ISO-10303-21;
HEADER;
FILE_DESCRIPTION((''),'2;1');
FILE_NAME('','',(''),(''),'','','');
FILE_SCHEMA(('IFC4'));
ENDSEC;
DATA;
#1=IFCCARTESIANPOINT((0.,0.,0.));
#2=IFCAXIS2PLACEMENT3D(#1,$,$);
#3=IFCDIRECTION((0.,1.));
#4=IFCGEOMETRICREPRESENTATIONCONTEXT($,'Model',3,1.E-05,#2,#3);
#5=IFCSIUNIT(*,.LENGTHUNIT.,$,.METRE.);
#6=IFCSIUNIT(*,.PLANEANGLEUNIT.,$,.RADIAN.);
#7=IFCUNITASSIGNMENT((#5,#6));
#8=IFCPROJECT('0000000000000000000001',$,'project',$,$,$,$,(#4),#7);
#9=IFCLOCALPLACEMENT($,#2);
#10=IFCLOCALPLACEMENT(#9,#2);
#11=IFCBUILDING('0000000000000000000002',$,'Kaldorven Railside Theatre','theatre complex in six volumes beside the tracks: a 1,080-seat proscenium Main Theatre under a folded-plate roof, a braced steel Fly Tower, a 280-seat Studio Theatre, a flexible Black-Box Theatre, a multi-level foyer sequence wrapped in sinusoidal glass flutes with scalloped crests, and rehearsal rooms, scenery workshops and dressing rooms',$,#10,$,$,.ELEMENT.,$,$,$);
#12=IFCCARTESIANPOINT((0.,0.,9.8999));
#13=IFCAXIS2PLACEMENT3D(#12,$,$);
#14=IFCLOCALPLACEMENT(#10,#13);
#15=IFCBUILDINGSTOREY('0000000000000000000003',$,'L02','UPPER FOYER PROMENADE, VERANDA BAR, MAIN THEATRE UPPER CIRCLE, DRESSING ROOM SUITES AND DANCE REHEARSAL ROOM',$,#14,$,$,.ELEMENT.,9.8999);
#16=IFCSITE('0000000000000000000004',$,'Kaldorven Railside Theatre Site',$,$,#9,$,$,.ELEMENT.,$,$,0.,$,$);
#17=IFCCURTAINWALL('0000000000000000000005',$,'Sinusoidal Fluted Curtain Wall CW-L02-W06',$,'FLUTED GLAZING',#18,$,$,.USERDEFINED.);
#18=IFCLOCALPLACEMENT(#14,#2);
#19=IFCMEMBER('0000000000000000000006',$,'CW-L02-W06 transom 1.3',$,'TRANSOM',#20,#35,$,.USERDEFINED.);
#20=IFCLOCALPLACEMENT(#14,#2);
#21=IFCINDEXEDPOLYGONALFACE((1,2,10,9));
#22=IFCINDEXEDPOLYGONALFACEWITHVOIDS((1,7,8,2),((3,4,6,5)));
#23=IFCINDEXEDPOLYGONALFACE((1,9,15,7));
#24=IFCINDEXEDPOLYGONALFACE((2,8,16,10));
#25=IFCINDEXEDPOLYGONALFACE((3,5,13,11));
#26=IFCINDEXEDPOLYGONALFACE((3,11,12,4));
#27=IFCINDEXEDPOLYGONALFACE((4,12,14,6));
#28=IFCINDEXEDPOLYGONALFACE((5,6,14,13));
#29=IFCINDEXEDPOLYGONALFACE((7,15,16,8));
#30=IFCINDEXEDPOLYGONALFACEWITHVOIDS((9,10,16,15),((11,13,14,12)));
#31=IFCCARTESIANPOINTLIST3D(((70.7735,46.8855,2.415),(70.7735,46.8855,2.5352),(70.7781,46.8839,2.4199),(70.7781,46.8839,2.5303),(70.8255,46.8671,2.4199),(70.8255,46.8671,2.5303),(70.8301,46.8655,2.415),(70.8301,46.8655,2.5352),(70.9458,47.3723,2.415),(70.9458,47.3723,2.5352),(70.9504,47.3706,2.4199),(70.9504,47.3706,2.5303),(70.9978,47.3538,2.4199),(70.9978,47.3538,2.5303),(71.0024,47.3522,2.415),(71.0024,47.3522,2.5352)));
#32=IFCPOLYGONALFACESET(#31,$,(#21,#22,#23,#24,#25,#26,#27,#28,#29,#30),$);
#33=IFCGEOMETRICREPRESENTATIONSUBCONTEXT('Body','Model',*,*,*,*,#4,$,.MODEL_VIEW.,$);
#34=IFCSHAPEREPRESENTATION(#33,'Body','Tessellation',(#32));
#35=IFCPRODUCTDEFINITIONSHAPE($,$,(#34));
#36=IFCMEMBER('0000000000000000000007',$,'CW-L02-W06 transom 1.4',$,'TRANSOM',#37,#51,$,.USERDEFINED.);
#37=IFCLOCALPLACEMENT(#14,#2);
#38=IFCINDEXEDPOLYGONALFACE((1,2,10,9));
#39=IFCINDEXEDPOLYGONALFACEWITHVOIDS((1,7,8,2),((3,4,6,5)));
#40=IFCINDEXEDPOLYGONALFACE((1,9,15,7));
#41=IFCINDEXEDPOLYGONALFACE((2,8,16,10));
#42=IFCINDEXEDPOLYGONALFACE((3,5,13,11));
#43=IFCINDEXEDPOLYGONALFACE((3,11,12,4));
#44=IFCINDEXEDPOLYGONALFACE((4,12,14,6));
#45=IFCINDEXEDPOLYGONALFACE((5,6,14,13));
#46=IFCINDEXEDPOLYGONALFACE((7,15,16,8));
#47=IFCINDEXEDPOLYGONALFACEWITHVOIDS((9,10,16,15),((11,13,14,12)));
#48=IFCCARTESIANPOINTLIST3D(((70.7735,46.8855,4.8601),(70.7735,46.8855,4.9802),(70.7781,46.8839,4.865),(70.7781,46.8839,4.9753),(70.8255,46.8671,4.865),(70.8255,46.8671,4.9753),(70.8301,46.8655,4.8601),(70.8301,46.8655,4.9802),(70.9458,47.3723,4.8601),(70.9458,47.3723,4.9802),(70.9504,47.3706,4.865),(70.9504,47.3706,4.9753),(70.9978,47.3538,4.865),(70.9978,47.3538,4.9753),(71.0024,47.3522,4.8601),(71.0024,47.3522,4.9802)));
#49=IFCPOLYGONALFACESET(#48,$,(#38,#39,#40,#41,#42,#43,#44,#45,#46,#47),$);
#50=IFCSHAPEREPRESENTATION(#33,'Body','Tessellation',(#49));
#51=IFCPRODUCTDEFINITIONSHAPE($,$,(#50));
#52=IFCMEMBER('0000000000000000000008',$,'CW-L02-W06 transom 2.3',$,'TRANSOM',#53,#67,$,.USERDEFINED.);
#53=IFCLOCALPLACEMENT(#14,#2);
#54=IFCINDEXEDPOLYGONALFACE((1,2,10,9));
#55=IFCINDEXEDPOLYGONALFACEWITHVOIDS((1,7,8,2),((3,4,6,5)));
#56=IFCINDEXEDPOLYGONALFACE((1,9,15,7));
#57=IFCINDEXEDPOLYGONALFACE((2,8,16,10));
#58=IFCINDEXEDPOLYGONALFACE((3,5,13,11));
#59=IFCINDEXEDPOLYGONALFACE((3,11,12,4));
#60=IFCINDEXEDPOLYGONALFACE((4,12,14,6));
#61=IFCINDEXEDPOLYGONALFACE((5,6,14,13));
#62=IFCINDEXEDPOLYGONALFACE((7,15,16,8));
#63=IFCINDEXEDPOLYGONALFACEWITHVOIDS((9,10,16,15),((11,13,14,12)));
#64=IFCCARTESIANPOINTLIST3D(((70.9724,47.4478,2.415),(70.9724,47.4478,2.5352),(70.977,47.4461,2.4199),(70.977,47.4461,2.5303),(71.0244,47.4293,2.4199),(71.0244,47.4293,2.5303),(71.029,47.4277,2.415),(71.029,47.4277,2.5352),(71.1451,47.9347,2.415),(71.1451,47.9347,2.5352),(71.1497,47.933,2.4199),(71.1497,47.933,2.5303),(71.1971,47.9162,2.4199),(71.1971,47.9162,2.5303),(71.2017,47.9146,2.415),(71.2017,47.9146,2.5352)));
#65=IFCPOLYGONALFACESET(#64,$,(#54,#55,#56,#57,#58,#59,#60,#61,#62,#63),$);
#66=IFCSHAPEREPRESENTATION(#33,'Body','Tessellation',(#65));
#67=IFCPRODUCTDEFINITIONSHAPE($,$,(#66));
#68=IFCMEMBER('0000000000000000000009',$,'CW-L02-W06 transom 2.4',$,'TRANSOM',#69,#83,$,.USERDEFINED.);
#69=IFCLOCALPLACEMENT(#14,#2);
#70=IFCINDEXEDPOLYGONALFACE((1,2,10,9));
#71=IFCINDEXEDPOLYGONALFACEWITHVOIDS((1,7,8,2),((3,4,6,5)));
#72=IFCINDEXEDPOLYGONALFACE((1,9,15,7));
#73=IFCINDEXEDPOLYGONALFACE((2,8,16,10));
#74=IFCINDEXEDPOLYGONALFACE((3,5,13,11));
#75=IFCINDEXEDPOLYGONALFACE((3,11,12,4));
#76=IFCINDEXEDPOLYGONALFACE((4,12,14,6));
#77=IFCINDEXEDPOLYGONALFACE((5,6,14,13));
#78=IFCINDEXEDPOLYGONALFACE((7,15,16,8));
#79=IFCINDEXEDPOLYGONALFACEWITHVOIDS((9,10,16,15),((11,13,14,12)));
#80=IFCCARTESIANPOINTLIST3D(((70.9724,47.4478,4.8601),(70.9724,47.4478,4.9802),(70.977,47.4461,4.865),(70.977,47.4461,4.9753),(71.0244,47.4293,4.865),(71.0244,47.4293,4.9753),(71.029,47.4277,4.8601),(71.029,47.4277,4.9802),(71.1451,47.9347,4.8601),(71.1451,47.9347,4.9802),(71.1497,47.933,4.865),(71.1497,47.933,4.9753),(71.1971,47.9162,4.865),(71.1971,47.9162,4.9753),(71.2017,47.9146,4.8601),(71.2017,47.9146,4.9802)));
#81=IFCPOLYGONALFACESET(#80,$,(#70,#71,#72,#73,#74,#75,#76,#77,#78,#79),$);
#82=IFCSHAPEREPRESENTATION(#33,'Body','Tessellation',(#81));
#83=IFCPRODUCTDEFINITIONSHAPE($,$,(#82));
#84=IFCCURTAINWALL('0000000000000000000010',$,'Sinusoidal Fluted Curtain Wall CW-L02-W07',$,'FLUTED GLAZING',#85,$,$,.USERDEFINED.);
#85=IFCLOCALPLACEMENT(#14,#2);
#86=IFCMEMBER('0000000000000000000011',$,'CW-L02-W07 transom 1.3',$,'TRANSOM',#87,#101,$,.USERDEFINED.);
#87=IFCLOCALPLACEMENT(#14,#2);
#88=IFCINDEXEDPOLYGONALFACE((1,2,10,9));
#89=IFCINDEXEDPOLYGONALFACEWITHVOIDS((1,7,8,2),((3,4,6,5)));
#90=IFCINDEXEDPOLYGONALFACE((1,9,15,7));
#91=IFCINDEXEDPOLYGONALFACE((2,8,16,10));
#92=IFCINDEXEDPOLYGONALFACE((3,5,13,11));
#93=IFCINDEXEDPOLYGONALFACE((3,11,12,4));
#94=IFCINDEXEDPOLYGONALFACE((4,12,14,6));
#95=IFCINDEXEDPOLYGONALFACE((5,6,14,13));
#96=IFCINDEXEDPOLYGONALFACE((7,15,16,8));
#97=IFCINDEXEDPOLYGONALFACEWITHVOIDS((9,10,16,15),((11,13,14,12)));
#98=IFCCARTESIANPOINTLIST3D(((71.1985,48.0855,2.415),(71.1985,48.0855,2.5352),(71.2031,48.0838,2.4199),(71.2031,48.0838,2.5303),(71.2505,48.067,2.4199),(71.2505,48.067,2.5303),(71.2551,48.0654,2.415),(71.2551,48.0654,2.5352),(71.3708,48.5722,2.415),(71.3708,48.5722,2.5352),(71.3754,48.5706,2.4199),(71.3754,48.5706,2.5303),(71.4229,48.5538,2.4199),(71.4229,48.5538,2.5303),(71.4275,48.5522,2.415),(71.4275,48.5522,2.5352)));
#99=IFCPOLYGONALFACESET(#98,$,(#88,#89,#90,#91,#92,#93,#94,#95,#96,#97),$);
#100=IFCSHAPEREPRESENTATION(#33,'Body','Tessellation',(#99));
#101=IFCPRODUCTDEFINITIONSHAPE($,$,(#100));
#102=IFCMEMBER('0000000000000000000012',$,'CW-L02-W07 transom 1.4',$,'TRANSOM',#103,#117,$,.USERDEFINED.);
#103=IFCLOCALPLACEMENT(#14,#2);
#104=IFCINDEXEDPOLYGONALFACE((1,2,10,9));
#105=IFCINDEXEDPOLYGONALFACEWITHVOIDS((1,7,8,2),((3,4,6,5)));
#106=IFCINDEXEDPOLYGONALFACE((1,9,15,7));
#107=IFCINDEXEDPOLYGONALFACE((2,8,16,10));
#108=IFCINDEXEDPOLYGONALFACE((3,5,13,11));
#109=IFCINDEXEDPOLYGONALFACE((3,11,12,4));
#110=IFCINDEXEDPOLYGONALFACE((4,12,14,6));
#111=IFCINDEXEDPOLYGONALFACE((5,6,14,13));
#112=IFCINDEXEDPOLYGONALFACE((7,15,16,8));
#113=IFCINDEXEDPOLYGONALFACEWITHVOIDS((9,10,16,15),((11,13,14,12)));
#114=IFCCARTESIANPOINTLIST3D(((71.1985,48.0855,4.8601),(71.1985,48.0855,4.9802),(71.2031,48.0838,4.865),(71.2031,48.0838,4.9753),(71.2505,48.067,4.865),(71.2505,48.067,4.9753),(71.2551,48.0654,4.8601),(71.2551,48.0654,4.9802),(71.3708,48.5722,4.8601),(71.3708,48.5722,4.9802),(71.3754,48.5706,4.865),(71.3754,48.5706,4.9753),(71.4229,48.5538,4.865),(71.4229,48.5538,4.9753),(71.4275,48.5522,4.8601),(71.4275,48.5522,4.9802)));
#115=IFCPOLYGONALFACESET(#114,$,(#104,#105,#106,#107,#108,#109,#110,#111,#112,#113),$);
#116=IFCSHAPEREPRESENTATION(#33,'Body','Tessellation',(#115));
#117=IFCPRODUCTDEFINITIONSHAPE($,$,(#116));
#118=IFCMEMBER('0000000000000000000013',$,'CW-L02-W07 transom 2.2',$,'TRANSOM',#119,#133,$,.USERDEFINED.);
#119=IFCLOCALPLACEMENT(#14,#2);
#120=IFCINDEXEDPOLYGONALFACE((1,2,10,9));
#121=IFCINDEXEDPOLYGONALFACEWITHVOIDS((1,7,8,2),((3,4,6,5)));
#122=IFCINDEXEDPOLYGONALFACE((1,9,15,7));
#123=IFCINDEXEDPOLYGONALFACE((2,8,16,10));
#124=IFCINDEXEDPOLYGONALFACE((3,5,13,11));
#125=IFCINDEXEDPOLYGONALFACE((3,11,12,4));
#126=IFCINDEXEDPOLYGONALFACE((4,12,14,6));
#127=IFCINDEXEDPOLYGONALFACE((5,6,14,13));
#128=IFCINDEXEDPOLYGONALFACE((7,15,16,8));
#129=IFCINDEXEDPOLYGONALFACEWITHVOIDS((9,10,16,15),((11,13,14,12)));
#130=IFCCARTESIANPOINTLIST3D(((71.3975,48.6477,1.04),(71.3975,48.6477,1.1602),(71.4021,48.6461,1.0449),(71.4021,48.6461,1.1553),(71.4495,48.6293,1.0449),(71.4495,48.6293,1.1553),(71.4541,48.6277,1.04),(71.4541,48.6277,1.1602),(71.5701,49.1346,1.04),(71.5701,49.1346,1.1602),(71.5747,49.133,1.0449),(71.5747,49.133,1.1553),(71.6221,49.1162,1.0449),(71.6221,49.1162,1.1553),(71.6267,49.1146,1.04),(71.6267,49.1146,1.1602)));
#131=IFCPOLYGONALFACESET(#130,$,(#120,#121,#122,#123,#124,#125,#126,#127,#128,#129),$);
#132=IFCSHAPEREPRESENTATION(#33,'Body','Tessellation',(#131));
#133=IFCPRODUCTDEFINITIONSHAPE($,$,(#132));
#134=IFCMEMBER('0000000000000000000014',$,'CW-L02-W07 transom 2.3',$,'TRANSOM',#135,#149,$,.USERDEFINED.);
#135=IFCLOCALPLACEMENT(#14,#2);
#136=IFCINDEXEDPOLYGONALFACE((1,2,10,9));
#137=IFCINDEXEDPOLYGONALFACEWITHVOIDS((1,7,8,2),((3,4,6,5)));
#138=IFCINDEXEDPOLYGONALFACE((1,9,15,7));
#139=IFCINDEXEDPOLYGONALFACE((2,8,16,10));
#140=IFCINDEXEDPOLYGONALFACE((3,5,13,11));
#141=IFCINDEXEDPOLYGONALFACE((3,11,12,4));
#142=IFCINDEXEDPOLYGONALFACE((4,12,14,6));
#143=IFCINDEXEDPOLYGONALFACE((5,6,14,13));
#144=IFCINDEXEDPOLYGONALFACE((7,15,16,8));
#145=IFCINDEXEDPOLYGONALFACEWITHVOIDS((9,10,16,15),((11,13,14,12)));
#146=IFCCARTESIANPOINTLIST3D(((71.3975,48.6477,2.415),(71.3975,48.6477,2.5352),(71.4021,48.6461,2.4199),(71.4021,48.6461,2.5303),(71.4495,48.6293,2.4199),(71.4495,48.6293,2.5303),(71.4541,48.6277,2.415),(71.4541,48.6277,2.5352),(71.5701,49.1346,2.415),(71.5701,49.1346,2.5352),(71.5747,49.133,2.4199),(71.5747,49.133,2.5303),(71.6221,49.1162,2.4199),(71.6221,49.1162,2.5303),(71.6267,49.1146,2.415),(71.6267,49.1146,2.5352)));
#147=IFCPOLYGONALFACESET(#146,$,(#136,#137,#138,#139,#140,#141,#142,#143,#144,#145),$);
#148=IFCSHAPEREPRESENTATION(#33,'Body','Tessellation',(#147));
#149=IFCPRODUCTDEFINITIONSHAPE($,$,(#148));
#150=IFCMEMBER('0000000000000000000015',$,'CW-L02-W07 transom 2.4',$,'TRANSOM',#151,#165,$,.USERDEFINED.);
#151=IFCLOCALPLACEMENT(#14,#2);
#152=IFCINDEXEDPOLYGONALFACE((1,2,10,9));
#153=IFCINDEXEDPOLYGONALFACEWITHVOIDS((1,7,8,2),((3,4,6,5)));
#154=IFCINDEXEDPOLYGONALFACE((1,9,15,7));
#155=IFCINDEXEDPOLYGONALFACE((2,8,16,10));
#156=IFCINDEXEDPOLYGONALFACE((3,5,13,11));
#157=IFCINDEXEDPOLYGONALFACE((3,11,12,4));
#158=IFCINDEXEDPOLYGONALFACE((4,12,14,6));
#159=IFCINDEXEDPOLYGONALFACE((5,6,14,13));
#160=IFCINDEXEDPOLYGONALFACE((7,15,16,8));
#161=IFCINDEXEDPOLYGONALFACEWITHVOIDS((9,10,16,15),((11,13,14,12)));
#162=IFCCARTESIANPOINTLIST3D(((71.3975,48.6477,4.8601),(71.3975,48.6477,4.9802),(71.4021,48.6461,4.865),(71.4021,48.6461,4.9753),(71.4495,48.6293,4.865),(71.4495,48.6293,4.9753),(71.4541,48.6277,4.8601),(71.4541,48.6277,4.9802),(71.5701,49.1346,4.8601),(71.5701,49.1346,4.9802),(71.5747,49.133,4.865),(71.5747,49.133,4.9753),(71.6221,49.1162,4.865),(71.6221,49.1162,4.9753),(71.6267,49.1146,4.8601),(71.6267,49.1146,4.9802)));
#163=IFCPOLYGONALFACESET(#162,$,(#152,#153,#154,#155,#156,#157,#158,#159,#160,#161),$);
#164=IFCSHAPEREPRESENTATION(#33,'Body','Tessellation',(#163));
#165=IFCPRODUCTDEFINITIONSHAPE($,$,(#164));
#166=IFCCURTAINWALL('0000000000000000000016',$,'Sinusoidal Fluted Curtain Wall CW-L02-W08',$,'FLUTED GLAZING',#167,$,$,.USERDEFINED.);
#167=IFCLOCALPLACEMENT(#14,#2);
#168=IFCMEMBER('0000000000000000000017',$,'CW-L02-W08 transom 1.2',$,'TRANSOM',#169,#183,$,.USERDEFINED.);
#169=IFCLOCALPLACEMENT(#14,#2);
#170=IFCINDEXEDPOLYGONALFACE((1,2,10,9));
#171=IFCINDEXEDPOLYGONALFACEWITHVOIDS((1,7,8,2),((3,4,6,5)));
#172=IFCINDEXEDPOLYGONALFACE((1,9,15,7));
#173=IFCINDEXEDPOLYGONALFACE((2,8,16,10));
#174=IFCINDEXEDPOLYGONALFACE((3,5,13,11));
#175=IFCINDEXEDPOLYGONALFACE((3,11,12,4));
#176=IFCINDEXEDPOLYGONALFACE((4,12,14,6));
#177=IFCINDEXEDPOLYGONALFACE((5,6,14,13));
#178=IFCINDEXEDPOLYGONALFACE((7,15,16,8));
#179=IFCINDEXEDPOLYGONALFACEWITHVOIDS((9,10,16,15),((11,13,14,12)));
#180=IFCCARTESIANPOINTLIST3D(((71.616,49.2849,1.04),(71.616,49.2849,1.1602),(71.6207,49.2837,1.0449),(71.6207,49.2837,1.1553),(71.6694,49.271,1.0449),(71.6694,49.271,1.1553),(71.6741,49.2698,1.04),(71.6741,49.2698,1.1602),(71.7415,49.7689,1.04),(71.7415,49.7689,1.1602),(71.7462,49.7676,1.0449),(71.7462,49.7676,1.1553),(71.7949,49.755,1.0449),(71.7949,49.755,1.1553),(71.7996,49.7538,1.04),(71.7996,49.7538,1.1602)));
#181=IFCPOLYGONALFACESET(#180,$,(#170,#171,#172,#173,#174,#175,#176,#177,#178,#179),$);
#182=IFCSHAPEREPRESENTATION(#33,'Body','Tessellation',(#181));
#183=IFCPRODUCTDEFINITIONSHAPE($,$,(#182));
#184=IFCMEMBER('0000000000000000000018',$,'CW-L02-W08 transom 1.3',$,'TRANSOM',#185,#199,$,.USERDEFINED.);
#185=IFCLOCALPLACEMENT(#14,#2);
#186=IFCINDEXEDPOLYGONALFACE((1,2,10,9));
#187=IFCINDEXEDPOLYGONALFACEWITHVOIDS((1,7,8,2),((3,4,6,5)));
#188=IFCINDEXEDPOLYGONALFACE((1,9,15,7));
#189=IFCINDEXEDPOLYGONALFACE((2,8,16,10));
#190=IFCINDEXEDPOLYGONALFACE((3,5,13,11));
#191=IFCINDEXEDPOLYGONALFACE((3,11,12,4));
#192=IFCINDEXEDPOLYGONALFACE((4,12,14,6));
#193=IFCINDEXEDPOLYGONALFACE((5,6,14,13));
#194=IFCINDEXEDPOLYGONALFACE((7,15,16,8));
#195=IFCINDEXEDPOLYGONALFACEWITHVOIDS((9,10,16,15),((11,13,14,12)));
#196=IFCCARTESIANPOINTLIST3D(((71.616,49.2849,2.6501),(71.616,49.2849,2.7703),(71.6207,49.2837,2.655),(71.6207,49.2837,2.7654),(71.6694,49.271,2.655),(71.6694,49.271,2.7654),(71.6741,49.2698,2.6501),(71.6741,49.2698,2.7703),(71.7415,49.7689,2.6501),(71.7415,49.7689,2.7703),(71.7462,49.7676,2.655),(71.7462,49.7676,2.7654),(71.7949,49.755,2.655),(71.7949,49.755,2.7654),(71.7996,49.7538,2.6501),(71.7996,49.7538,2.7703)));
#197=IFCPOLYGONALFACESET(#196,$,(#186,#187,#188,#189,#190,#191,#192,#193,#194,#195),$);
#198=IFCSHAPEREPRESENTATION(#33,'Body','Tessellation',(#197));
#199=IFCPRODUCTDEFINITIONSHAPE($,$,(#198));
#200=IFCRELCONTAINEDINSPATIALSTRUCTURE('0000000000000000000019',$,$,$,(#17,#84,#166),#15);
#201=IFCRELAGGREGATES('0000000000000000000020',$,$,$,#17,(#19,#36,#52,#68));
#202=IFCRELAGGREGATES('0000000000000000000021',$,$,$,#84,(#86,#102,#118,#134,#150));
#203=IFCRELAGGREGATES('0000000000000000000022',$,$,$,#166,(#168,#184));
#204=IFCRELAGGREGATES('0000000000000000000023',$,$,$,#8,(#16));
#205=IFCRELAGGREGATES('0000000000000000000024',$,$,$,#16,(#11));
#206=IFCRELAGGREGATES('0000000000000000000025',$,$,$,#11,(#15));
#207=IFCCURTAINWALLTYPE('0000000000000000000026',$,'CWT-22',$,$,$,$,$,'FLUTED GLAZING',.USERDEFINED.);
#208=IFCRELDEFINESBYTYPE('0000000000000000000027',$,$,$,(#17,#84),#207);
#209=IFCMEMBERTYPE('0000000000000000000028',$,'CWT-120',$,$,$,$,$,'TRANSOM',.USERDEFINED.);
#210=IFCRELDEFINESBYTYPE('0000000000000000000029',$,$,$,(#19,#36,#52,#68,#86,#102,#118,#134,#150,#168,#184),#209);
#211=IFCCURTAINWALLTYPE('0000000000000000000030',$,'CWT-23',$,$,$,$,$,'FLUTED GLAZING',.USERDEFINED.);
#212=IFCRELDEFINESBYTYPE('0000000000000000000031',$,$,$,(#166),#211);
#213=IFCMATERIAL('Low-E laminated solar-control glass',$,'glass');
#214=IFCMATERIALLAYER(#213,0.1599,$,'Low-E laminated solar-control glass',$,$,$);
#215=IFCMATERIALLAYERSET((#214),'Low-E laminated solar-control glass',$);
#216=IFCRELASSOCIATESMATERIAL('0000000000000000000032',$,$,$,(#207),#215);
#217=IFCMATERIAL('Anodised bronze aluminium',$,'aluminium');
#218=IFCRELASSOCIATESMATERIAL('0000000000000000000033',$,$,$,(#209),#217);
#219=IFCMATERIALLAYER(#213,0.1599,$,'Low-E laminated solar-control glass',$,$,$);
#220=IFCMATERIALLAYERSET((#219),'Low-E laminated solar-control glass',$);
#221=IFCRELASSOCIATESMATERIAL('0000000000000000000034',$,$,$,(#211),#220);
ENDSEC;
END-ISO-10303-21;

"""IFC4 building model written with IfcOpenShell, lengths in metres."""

from ifc_helpers import new_model, si_unit, direction, frame, origin, origin_2d, place, context, subcontext, project, spatial, hollow_rectangle, extrude, material, layer, layer_set, material_profile, profile_set, type_object, element, aggregate, save


model = new_model("IFC4")

# Units and contexts
model_context = context("Model", 3, precision=1e-05, world=origin(), true_north=direction((0.0, 1.0)))
body_context = subcontext(model_context, "Body", "Model", "MODEL_VIEW")
ifc_project = project(units=[si_unit("LENGTHUNIT", "METRE"), si_unit("PLANEANGLEUNIT", "RADIAN")], contexts=[model_context])

# Site, building, storey
site_placement = place(None, origin())
site = spatial("IfcSite", under=ifc_project, at=site_placement, Name="Kaldorven Railside Theatre Site", CompositionType="ELEMENT", RefElevation=0.0)
building_placement = place(site_placement, origin())
building = spatial("IfcBuilding", under=site, at=building_placement, Name="Kaldorven Railside Theatre", Description="theatre complex in six volumes beside the tracks: a 1,080-seat proscenium Main Theatre under a folded-plate roof, a braced steel Fly Tower, a 280-seat Studio Theatre, a flexible Black-Box Theatre, a multi-level foyer sequence wrapped in sinusoidal glass flutes with scalloped crests, and rehearsal rooms, scenery workshops and dressing rooms", CompositionType="ELEMENT")
storey_placement = place(building_placement, frame((0.0, 0.0, 9.8999)))
storey = spatial("IfcBuildingStorey", under=building, at=storey_placement, Name="L02", Description="UPPER FOYER PROMENADE, VERANDA BAR, MAIN THEATRE UPPER CIRCLE, DRESSING ROOM SUITES AND DANCE REHEARSAL ROOM", CompositionType="ELEMENT", Elevation=9.8999)

# Curtain walls, members
ifc_material_1 = material(Name="Low-E laminated solar-control glass", Category="glass")
ifc_layer_1 = layer(ifc_material_1, 0.1599, Name="Low-E laminated solar-control glass")
ifc_layer_set_1 = layer_set([ifc_layer_1], Name="Low-E laminated solar-control glass")
curtain_wall_type_1 = type_object("IfcCurtainWallType", Name="CWT-22", ElementType="FLUTED GLAZING", PredefinedType="USERDEFINED", material=ifc_layer_set_1)
curtain_wall_1_placement = place(storey_placement, origin())
curtain_wall_1 = element("IfcCurtainWall", 1, at=curtain_wall_1_placement, inside=storey, type_object=curtain_wall_type_1, Name="Sinusoidal Fluted Curtain Wall CW-L02-W06", ObjectType="FLUTED GLAZING", PredefinedType="USERDEFINED")
ifc_material_2 = material(Name="Anodised bronze aluminium", Category="aluminium")
ifc_material_profile = material_profile(ifc_material_2, hollow_rectangle(XDim=0.0601, YDim=0.1201, WallThickness=0.0049, at=origin_2d()), Name="RHS 120x60x5")
ifc_profile_set = profile_set([ifc_material_profile], Name="Anodised bronze aluminium")
member_type = type_object("IfcMemberType", Name="CWT-120", ElementType="TRANSOM", PredefinedType="USERDEFINED", material=ifc_profile_set)
member_1_placement = place(storey_placement, frame((70.8018, 46.8755, 2.4751), z_axis=(0.33376, 0.942658, 0.0), x_axis=(-0.942658, 0.33376, 0.0)))
member_1 = element("IfcMember", 2, at=member_1_placement, type_object=member_type, Name="CW-L02-W06 transom 1.3", ObjectType="TRANSOM", PredefinedType="USERDEFINED", context=body_context, shape_type="SweptSolid", body=[
    extrude(hollow_rectangle(XDim=0.0601, YDim=0.1201, WallThickness=0.0049, at=origin_2d()), origin(), (0.0, 0.0, 1.0), 0.5164),
])
member_2_placement = place(storey_placement, frame((70.8018, 46.8755, 4.9202), z_axis=(0.33376, 0.942658, 0.0), x_axis=(-0.942658, 0.33376, 0.0)))
member_2 = element("IfcMember", 3, at=member_2_placement, type_object=member_type, Name="CW-L02-W06 transom 1.4", ObjectType="TRANSOM", PredefinedType="USERDEFINED", context=body_context, shape_type="SweptSolid", body=[
    extrude(hollow_rectangle(XDim=0.0601, YDim=0.1201, WallThickness=0.0049, at=origin_2d()), origin(), (0.0, 0.0, 1.0), 0.5164),
])
member_3_placement = place(storey_placement, frame((71.0007, 47.4377, 2.4751), z_axis=(0.33418, 0.942509, 0.0), x_axis=(-0.942509, 0.33418, 0.0)))
member_3 = element("IfcMember", 4, at=member_3_placement, type_object=member_type, Name="CW-L02-W06 transom 2.3", ObjectType="TRANSOM", PredefinedType="USERDEFINED", context=body_context, shape_type="SweptSolid", body=[
    extrude(hollow_rectangle(XDim=0.0601, YDim=0.1201, WallThickness=0.0049, at=origin_2d()), origin(), (0.0, 0.0, 1.0), 0.5166),
])
member_4_placement = place(storey_placement, frame((71.0007, 47.4377, 4.9202), z_axis=(0.33418, 0.942509, 0.0), x_axis=(-0.942509, 0.33418, 0.0)))
member_4 = element("IfcMember", 5, at=member_4_placement, type_object=member_type, Name="CW-L02-W06 transom 2.4", ObjectType="TRANSOM", PredefinedType="USERDEFINED", context=body_context, shape_type="SweptSolid", body=[
    extrude(hollow_rectangle(XDim=0.0601, YDim=0.1201, WallThickness=0.0049, at=origin_2d()), origin(), (0.0, 0.0, 1.0), 0.5166),
])
curtain_wall_2_placement = place(storey_placement, origin())
curtain_wall_2 = element("IfcCurtainWall", 6, at=curtain_wall_2_placement, inside=storey, type_object=curtain_wall_type_1, Name="Sinusoidal Fluted Curtain Wall CW-L02-W07", ObjectType="FLUTED GLAZING", PredefinedType="USERDEFINED")
member_5_placement = place(storey_placement, frame((71.2268, 48.0754, 2.4751), z_axis=(0.33376, 0.942658, 0.0), x_axis=(-0.942658, 0.33376, 0.0)))
member_5 = element("IfcMember", 7, at=member_5_placement, type_object=member_type, Name="CW-L02-W07 transom 1.3", ObjectType="TRANSOM", PredefinedType="USERDEFINED", context=body_context, shape_type="SweptSolid", body=[
    extrude(hollow_rectangle(XDim=0.0601, YDim=0.1201, WallThickness=0.0049, at=origin_2d()), origin(), (0.0, 0.0, 1.0), 0.5164),
])
member_6_placement = place(storey_placement, frame((71.2268, 48.0754, 4.9202), z_axis=(0.33376, 0.942658, 0.0), x_axis=(-0.942658, 0.33376, 0.0)))
member_6 = element("IfcMember", 8, at=member_6_placement, type_object=member_type, Name="CW-L02-W07 transom 1.4", ObjectType="TRANSOM", PredefinedType="USERDEFINED", context=body_context, shape_type="SweptSolid", body=[
    extrude(hollow_rectangle(XDim=0.0601, YDim=0.1201, WallThickness=0.0049, at=origin_2d()), origin(), (0.0, 0.0, 1.0), 0.5164),
])
member_7_placement = place(storey_placement, frame((71.4258, 48.6377, 1.1001), z_axis=(0.33418, 0.942509, 0.0), x_axis=(-0.942509, 0.33418, 0.0)))
member_7 = element("IfcMember", 9, at=member_7_placement, type_object=member_type, Name="CW-L02-W07 transom 2.2", ObjectType="TRANSOM", PredefinedType="USERDEFINED", context=body_context, shape_type="SweptSolid", body=[
    extrude(hollow_rectangle(XDim=0.0601, YDim=0.1201, WallThickness=0.0049, at=origin_2d()), origin(), (0.0, 0.0, 1.0), 0.5166),
])
member_8_placement = place(storey_placement, frame((71.4258, 48.6377, 2.4751), z_axis=(0.33418, 0.942509, 0.0), x_axis=(-0.942509, 0.33418, 0.0)))
member_8 = element("IfcMember", 10, at=member_8_placement, type_object=member_type, Name="CW-L02-W07 transom 2.3", ObjectType="TRANSOM", PredefinedType="USERDEFINED", context=body_context, shape_type="SweptSolid", body=[
    extrude(hollow_rectangle(XDim=0.0601, YDim=0.1201, WallThickness=0.0049, at=origin_2d()), origin(), (0.0, 0.0, 1.0), 0.5166),
])
member_9_placement = place(storey_placement, frame((71.4258, 48.6377, 4.9202), z_axis=(0.33418, 0.942509, 0.0), x_axis=(-0.942509, 0.33418, 0.0)))
member_9 = element("IfcMember", 11, at=member_9_placement, type_object=member_type, Name="CW-L02-W07 transom 2.4", ObjectType="TRANSOM", PredefinedType="USERDEFINED", context=body_context, shape_type="SweptSolid", body=[
    extrude(hollow_rectangle(XDim=0.0601, YDim=0.1201, WallThickness=0.0049, at=origin_2d()), origin(), (0.0, 0.0, 1.0), 0.5166),
])
ifc_layer_2 = layer(ifc_material_1, 0.1599, Name="Low-E laminated solar-control glass")
ifc_layer_set_2 = layer_set([ifc_layer_2], Name="Low-E laminated solar-control glass")
curtain_wall_type_2 = type_object("IfcCurtainWallType", Name="CWT-23", ElementType="FLUTED GLAZING", PredefinedType="USERDEFINED", material=ifc_layer_set_2)
curtain_wall_3_placement = place(storey_placement, origin())
curtain_wall_3 = element("IfcCurtainWall", 12, at=curtain_wall_3_placement, inside=storey, type_object=curtain_wall_type_2, Name="Sinusoidal Fluted Curtain Wall CW-L02-W08", ObjectType="FLUTED GLAZING", PredefinedType="USERDEFINED")
member_10_placement = place(storey_placement, frame((71.645, 49.2773, 1.1001), z_axis=(0.25103, 0.967979, 0.0), x_axis=(-0.967979, 0.25103, 0.0)))
member_10 = element("IfcMember", 13, at=member_10_placement, type_object=member_type, Name="CW-L02-W08 transom 1.2", ObjectType="TRANSOM", PredefinedType="USERDEFINED", context=body_context, shape_type="SweptSolid", body=[
    extrude(hollow_rectangle(XDim=0.0601, YDim=0.1201, WallThickness=0.0049, at=origin_2d()), origin(), (0.0, 0.0, 1.0), 0.5),
])
member_11_placement = place(storey_placement, frame((71.645, 49.2773, 2.7102), z_axis=(0.25103, 0.967979, 0.0), x_axis=(-0.967979, 0.25103, 0.0)))
member_11 = element("IfcMember", 14, at=member_11_placement, type_object=member_type, Name="CW-L02-W08 transom 1.3", ObjectType="TRANSOM", PredefinedType="USERDEFINED", context=body_context, shape_type="SweptSolid", body=[
    extrude(hollow_rectangle(XDim=0.0601, YDim=0.1201, WallThickness=0.0049, at=origin_2d()), origin(), (0.0, 0.0, 1.0), 0.5),
])

aggregate(curtain_wall_1, [member_1, member_2, member_3, member_4])
aggregate(curtain_wall_2, [member_5, member_6, member_7, member_8, member_9])
aggregate(curtain_wall_3, [member_10, member_11])

save(model, "model.ifc")
